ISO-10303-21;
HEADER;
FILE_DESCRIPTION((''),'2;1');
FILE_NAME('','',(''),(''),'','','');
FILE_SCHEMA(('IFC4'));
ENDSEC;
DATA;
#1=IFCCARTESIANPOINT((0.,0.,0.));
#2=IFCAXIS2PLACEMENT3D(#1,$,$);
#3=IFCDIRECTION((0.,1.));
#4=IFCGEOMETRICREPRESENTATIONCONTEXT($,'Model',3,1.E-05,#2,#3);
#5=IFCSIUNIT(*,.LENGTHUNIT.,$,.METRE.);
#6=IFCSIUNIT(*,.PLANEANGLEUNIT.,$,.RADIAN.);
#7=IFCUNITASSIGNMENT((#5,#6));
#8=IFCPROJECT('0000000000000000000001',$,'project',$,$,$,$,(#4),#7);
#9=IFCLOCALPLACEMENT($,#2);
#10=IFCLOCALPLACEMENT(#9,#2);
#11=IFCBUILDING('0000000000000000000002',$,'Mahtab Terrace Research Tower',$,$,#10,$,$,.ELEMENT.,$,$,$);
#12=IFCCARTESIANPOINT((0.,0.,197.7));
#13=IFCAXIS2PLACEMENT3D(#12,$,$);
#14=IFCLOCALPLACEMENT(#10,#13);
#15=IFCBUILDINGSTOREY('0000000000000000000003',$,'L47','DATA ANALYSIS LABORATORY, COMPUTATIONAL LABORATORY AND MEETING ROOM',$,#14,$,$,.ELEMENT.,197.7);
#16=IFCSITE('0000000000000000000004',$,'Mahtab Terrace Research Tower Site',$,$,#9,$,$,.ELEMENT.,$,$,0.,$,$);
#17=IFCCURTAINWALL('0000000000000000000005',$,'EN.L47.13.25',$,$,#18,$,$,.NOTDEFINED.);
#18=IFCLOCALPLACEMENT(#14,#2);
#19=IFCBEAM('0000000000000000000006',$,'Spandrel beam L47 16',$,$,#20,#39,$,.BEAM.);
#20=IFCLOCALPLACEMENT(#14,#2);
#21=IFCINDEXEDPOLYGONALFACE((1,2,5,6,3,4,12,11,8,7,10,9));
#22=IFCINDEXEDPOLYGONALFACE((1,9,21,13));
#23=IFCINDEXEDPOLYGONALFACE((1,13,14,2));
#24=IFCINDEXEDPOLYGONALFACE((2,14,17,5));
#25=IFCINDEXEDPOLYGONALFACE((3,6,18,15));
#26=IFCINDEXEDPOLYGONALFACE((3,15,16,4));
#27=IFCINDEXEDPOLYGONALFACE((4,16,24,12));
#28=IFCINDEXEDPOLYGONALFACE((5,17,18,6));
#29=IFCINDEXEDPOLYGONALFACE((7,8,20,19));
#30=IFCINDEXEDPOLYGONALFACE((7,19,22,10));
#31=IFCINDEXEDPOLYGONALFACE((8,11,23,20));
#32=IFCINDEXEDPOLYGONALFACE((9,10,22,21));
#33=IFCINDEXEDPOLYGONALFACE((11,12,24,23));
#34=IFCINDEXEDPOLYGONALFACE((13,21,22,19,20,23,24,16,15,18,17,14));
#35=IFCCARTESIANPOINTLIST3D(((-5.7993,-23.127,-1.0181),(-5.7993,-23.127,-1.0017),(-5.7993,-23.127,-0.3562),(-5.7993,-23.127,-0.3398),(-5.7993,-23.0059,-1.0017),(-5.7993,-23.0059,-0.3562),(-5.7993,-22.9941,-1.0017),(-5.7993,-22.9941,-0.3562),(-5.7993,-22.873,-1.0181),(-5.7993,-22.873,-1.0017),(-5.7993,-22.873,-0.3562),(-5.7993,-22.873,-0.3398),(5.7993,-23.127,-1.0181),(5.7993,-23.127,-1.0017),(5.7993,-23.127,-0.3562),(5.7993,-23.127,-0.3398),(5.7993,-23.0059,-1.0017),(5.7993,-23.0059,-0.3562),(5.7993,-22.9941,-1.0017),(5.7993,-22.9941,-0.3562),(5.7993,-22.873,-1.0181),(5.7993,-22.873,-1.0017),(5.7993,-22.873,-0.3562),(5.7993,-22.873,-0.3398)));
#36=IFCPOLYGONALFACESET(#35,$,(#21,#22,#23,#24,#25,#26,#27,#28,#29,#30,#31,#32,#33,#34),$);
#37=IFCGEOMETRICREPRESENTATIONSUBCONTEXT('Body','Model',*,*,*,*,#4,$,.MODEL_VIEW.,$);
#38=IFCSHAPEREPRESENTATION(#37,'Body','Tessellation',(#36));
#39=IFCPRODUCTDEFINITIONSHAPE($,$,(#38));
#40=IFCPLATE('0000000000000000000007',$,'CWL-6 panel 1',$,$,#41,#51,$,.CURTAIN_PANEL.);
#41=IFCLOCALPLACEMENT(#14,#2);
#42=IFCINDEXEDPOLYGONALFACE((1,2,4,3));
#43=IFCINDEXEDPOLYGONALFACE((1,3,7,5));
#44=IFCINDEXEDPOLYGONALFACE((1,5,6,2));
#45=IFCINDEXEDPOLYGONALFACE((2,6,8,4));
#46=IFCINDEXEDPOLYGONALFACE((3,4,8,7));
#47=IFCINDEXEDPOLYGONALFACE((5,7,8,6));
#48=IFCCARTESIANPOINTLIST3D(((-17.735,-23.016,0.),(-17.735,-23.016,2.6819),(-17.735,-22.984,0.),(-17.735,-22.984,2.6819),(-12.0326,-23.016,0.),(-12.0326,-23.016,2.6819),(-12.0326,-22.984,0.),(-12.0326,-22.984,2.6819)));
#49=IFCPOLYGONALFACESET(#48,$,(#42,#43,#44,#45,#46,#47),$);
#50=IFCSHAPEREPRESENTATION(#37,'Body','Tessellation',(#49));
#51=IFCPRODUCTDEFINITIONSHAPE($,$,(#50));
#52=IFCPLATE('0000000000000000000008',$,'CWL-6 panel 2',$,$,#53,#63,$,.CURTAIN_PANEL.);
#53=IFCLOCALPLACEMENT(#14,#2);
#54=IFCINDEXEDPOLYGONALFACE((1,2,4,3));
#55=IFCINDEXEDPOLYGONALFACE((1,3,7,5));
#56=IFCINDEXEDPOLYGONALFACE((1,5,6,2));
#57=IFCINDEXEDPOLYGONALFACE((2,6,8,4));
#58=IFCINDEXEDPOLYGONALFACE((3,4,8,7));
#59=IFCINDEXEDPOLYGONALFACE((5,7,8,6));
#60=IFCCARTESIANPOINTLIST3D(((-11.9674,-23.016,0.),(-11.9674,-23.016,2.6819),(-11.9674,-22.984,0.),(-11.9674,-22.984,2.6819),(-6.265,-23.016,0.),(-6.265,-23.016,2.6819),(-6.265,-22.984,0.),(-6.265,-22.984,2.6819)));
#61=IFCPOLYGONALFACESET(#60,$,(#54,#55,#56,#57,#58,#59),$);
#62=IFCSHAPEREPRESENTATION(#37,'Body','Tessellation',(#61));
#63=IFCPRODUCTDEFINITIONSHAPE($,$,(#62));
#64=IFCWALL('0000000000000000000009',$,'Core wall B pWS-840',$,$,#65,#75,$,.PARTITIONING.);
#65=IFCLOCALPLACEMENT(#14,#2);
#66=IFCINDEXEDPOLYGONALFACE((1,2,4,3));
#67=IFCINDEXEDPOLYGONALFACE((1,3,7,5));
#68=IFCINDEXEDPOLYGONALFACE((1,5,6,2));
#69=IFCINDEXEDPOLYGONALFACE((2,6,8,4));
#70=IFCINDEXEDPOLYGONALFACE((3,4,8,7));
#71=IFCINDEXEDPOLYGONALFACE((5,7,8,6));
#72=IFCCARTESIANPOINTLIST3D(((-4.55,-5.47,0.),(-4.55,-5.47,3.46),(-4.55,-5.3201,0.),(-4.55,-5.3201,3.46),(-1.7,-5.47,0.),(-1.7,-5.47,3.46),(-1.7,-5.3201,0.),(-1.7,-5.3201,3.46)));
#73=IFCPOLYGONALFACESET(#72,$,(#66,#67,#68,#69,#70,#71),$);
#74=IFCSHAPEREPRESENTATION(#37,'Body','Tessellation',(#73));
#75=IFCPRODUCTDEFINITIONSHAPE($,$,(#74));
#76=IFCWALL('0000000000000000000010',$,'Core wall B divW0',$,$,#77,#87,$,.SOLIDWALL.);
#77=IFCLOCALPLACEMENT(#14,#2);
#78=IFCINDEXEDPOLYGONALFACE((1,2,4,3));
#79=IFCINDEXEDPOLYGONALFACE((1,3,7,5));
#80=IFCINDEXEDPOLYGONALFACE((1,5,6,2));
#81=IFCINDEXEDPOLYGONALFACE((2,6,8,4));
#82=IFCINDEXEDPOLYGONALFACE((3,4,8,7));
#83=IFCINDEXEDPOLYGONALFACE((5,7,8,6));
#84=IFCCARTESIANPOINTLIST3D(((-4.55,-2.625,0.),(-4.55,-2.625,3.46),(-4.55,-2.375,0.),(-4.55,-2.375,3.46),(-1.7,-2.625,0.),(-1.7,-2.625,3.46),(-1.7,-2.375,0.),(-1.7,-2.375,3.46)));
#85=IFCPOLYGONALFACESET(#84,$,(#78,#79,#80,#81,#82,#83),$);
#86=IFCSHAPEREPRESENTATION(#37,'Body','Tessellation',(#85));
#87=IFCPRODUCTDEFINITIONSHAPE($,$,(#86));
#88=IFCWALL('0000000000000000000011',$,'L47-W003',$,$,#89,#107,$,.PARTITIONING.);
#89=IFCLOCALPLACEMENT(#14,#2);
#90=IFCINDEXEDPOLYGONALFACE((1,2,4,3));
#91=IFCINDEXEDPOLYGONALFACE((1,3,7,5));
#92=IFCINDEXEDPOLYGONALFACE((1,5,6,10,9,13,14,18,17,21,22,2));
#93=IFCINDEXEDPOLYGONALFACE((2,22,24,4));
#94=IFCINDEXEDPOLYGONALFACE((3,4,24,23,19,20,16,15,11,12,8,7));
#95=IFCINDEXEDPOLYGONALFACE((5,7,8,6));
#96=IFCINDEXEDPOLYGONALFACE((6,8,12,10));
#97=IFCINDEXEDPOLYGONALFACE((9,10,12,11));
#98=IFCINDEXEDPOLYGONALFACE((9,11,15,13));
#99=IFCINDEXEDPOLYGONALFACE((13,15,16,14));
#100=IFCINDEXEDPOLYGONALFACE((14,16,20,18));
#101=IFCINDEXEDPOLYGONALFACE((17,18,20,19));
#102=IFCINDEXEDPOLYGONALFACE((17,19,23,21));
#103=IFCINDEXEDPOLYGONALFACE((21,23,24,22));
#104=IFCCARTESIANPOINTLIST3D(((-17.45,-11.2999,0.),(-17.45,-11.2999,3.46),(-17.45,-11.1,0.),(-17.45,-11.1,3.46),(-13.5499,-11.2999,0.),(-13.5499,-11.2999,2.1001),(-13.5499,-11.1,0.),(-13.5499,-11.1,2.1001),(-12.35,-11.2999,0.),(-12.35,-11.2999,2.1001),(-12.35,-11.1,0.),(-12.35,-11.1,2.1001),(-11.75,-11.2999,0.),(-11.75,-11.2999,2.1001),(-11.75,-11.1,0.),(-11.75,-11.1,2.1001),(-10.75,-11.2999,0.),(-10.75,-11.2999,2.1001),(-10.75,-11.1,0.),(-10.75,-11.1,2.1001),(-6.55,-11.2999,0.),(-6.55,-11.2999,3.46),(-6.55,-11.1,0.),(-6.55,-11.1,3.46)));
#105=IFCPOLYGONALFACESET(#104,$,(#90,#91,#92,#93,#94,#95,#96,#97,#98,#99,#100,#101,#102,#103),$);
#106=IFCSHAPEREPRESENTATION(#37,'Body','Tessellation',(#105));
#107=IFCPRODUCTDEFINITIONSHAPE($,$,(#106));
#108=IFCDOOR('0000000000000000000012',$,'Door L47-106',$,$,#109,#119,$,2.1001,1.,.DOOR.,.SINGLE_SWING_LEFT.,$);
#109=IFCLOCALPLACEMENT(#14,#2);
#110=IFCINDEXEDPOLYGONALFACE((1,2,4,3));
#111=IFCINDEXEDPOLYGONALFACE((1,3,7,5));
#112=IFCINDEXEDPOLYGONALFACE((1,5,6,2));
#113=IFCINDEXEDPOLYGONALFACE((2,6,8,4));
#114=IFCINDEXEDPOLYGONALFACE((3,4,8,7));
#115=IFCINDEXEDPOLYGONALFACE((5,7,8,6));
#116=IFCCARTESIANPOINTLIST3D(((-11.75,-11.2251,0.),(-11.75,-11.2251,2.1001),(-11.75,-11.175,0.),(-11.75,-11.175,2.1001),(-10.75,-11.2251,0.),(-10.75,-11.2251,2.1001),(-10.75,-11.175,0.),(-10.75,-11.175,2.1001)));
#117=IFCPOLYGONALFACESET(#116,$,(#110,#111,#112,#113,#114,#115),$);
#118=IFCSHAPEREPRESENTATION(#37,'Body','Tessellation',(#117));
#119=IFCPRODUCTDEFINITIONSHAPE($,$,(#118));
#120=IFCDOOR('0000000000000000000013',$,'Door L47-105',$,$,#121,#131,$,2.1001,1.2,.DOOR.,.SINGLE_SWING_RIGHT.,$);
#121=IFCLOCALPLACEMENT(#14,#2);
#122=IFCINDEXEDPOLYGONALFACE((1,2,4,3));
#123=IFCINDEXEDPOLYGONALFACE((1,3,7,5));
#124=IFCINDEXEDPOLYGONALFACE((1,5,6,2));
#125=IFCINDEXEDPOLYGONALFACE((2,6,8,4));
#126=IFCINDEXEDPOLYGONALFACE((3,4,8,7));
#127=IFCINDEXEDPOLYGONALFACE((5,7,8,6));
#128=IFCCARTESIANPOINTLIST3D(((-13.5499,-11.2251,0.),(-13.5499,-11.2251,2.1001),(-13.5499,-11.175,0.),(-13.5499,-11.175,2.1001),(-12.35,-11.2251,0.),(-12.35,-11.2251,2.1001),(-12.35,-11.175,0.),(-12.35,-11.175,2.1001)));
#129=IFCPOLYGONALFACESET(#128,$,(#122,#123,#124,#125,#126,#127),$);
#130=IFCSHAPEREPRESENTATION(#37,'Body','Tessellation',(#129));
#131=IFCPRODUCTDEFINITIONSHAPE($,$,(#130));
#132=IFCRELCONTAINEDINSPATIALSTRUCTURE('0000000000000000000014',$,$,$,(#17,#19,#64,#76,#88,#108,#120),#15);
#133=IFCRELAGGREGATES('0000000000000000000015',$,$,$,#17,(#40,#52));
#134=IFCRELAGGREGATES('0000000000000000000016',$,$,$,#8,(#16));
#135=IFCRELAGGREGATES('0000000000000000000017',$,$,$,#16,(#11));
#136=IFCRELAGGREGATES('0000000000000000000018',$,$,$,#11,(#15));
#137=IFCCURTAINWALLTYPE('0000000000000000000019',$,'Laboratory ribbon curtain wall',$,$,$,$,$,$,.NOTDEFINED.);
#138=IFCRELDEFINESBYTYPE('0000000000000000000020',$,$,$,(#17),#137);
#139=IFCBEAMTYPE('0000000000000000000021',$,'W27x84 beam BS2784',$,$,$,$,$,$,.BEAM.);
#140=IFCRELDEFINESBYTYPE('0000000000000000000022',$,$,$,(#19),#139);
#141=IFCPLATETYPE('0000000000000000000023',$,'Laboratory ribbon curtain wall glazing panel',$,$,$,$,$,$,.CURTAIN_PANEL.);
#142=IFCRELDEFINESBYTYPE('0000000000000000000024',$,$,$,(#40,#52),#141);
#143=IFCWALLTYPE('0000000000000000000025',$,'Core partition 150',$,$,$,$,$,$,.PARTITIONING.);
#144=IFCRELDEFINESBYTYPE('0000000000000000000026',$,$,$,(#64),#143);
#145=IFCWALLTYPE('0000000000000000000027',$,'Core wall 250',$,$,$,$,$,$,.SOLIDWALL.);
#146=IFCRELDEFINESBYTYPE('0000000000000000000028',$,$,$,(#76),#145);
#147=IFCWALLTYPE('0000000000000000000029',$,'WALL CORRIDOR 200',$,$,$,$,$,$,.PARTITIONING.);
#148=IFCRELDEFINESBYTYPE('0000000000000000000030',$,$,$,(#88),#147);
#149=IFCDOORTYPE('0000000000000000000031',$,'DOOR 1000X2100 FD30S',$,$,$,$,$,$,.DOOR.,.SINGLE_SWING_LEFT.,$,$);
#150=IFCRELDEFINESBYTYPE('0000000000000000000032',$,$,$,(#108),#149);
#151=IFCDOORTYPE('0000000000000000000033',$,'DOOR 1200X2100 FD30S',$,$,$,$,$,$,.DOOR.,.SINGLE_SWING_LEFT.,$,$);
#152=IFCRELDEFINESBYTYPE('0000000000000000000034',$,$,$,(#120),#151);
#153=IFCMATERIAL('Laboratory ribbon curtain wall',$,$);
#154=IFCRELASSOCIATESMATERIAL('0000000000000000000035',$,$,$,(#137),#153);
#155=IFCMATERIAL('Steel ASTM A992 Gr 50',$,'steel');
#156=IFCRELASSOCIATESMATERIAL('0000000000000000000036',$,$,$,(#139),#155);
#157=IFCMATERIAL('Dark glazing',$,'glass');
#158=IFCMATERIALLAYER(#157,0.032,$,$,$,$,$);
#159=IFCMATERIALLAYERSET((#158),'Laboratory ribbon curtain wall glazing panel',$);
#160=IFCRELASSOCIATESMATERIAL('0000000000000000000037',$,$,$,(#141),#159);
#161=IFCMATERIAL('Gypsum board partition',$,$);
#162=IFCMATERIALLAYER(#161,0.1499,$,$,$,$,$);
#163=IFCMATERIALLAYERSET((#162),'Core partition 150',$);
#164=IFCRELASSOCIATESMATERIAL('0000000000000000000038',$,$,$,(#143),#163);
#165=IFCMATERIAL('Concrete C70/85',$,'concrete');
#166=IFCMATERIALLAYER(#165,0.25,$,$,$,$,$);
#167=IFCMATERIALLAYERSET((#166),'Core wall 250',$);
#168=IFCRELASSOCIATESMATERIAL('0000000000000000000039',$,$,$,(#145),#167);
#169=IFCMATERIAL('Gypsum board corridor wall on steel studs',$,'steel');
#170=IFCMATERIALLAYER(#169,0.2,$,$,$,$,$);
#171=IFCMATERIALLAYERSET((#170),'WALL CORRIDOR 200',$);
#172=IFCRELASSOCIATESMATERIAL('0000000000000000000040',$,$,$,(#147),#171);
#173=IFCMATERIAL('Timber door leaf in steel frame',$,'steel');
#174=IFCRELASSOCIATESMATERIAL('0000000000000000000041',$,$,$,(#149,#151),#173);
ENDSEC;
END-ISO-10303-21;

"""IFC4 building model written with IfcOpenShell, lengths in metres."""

from ifc_helpers import new_model, si_unit, direction, frame, frame_2d, origin, origin_2d, place, context, subcontext, project, spatial, rectangle, i_section, extrude, material, layer, layer_set, material_profile, profile_set, type_object, element, fill, aggregate, save


model = new_model("IFC4")

# Units and contexts
model_context = context("Model", 3, precision=1e-05, world=origin(), true_north=direction((0.0, 1.0)))
body_context = subcontext(model_context, "Body", "Model", "MODEL_VIEW")
ifc_project = project(units=[si_unit("LENGTHUNIT", "METRE"), si_unit("PLANEANGLEUNIT", "RADIAN")], contexts=[model_context])

# Site, building, storey
site_placement = place(None, origin())
site = spatial("IfcSite", under=ifc_project, at=site_placement, Name="Mahtab Terrace Research Tower Site", CompositionType="ELEMENT", RefElevation=0.0)
building_placement = place(site_placement, origin())
building = spatial("IfcBuilding", under=site, at=building_placement, Name="Mahtab Terrace Research Tower", CompositionType="ELEMENT")
storey_placement = place(building_placement, frame((0.0, 0.0, 197.7)))
storey = spatial("IfcBuildingStorey", under=building, at=storey_placement, Name="L47", Description="DATA ANALYSIS LABORATORY, COMPUTATIONAL LABORATORY AND MEETING ROOM", CompositionType="ELEMENT", Elevation=197.7)

# Shared definitions
ifc_material_1 = material(Name="Concrete C70/85", Category="concrete")
ifc_material_2 = material(Name="Steel ASTM A992 Gr 50", Category="steel")

# Curtain wall
ifc_material_3 = material(Name="Laboratory ribbon curtain wall")
curtain_wall_type = type_object("IfcCurtainWallType", Name="Laboratory ribbon curtain wall", PredefinedType="NOTDEFINED", material=ifc_material_3)
curtain_wall_1_placement = place(storey_placement, origin())
curtain_wall_1 = element("IfcCurtainWall", 1, at=curtain_wall_1_placement, inside=storey, type_object=curtain_wall_type, Name="EN.L47.13.25", PredefinedType="NOTDEFINED")

# Beam
ifc_material_profile_1 = material_profile(ifc_material_2, i_section(OverallWidth=0.2539, OverallDepth=0.6782, WebThickness=0.0117, FlangeThickness=0.0164, at=origin_2d()), Name="W27X84")
ifc_profile_set_1 = profile_set([ifc_material_profile_1], Name="Steel ASTM A992 Gr 50")
beam_type = type_object("IfcBeamType", Name="W27x84 beam BS2784", PredefinedType="BEAM", material=ifc_profile_set_1)
for number, where, z_axis, x_axis, name in (
    (2, (-5.7993, -23.0, -0.679), (1.0, 0.0, 0.0), (0.0, 1.0, 0.0), "Spandrel beam L47 16"),
):
    element("IfcBeam", number, at=place(storey_placement, frame(where, z_axis=z_axis, x_axis=x_axis)), inside=storey, type_object=beam_type, Name=name, PredefinedType="BEAM", context=body_context, shape_type="SweptSolid", body=[
        extrude(i_section(OverallWidth=0.2539, OverallDepth=0.6782, WebThickness=0.0117, FlangeThickness=0.0164, at=origin_2d()), origin(), (0.0, 0.0, 1.0), 11.5986),
    ])

# Plates
ifc_material_4 = material(Name="Dark glazing", Category="glass")
ifc_layer_1 = layer(ifc_material_4, 0.032)
ifc_layer_set_1 = layer_set([ifc_layer_1], Name="Laboratory ribbon curtain wall glazing panel")
plate_type = type_object("IfcPlateType", Name="Laboratory ribbon curtain wall glazing panel", PredefinedType="CURTAIN_PANEL", material=ifc_layer_set_1)
plate_1_placement = place(storey_placement, frame((-14.8838, -23.0, 0.0), z_axis=(0.0, 0.0, 1.0), x_axis=(1.0, 0.0, 0.0)))
plate_1 = element("IfcPlate", 3, at=plate_1_placement, type_object=plate_type, Name="CWL-6 panel 1", PredefinedType="CURTAIN_PANEL", context=body_context, shape_type="SweptSolid", body=[
    extrude(rectangle(XDim=5.7024, YDim=0.032, at=origin_2d()), origin(), (0.0, 0.0, 1.0), 2.6819),
])
plate_2_placement = place(storey_placement, frame((-9.1162, -23.0, 0.0), z_axis=(0.0, 0.0, 1.0), x_axis=(1.0, 0.0, 0.0)))
plate_2 = element("IfcPlate", 4, at=plate_2_placement, type_object=plate_type, Name="CWL-6 panel 2", PredefinedType="CURTAIN_PANEL", context=body_context, shape_type="SweptSolid", body=[
    extrude(rectangle(XDim=5.7024, YDim=0.032, at=origin_2d()), origin(), (0.0, 0.0, 1.0), 2.6819),
])
aggregate(curtain_wall_1, [plate_1, plate_2])

# Walls
ifc_material_5 = material(Name="Gypsum board partition")
ifc_layer_2 = layer(ifc_material_5, 0.1499)
ifc_layer_set_2 = layer_set([ifc_layer_2], Name="Core partition 150")
wall_type_1 = type_object("IfcWallType", Name="Core partition 150", PredefinedType="PARTITIONING", material=ifc_layer_set_2)
wall_1_placement = place(storey_placement, frame((-4.55, -5.395, 0.0), z_axis=(0.0, 0.0, 1.0), x_axis=(1.0, 0.0, 0.0)))
element("IfcWall", 5, at=wall_1_placement, inside=storey, type_object=wall_type_1, Name="Core wall B pWS-840", PredefinedType="PARTITIONING", context=body_context, shape_type="SweptSolid", body=[
    extrude(rectangle(XDim=2.8501, YDim=0.1499, at=frame_2d((1.425, 0.0))), origin(), (0.0, 0.0, 1.0), 3.46),
])
ifc_layer_3 = layer(ifc_material_1, 0.25)
ifc_layer_set_3 = layer_set([ifc_layer_3], Name="Core wall 250")
wall_type_2 = type_object("IfcWallType", Name="Core wall 250", PredefinedType="SOLIDWALL", material=ifc_layer_set_3)
wall_2_placement = place(storey_placement, frame((-4.55, -2.5, 0.0), z_axis=(0.0, 0.0, 1.0), x_axis=(1.0, 0.0, 0.0)))
element("IfcWall", 6, at=wall_2_placement, inside=storey, type_object=wall_type_2, Name="Core wall B divW0", PredefinedType="SOLIDWALL", context=body_context, shape_type="SweptSolid", body=[
    extrude(rectangle(XDim=2.8501, YDim=0.25, at=frame_2d((1.425, 0.0))), origin(), (0.0, 0.0, 1.0), 3.46),
])

# Wall, openings, doors
ifc_material_6 = material(Name="Gypsum board corridor wall on steel studs", Category="steel")
ifc_layer_4 = layer(ifc_material_6, 0.2)
ifc_layer_set_4 = layer_set([ifc_layer_4], Name="WALL CORRIDOR 200")
wall_type_3 = type_object("IfcWallType", Name="WALL CORRIDOR 200", PredefinedType="PARTITIONING", material=ifc_layer_set_4)
wall_3_placement = place(storey_placement, frame((-17.45, -11.2, 0.0), z_axis=(0.0, 0.0, 1.0), x_axis=(1.0, 0.0, 0.0)))
wall_3 = element("IfcWall", 7, at=wall_3_placement, inside=storey, type_object=wall_type_3, Name="L47-W003", PredefinedType="PARTITIONING", context=body_context, shape_type="SweptSolid", body=[
    extrude(rectangle(XDim=10.8999, YDim=0.2, at=frame_2d((5.45, 0.0))), origin(), (0.0, 0.0, 1.0), 3.46),
])
opening_1_placement = place(wall_3_placement, frame((3.8999, 0.0, 0.0)))
opening_1 = element("IfcOpeningElement", 8, at=opening_1_placement, cuts=wall_3, PredefinedType="OPENING", context=body_context, shape_type="SweptSolid", body=[
    extrude(rectangle(XDim=1.2, YDim=2.1001, at=frame_2d((0.6001, 1.05))), frame((0.0, 0.1099, 0.0), z_axis=(0.0, -1.0, 0.0), x_axis=(1.0, 0.0, 0.0)), (0.0, 0.0, 1.0), 0.22),
])
opening_2_placement = place(wall_3_placement, frame((5.7, 0.0, 0.0)))
opening_2 = element("IfcOpeningElement", 9, at=opening_2_placement, cuts=wall_3, PredefinedType="OPENING", context=body_context, shape_type="SweptSolid", body=[
    extrude(rectangle(XDim=1.0, YDim=2.1001, at=frame_2d((0.5, 1.05))), frame((0.0, 0.1099, 0.0), z_axis=(0.0, -1.0, 0.0), x_axis=(1.0, 0.0, 0.0)), (0.0, 0.0, 1.0), 0.22),
])
ifc_material_7 = material(Name="Timber door leaf in steel frame", Category="steel")
door_type_1 = type_object("IfcDoorType", Name="DOOR 1000X2100 FD30S", OperationType="SINGLE_SWING_LEFT", PredefinedType="DOOR", material=ifc_material_7)
door_1_placement = place(opening_2_placement, origin())
door_1 = element("IfcDoor", 10, at=door_1_placement, inside=storey, type_object=door_type_1, Name="Door L47-106", OperationType="SINGLE_SWING_LEFT", OverallHeight=2.1001, OverallWidth=1.0, PredefinedType="DOOR", context=body_context, shape_type="SweptSolid", body=[
    extrude(rectangle(XDim=1.0, YDim=2.1001, at=frame_2d((0.5, 1.05))), frame((0.0, 0.0249, 0.0), z_axis=(0.0, -1.0, 0.0), x_axis=(1.0, 0.0, 0.0)), (0.0, 0.0, 1.0), 0.05),
])
fill(opening_2, door_1)
door_type_2 = type_object("IfcDoorType", Name="DOOR 1200X2100 FD30S", OperationType="SINGLE_SWING_LEFT", PredefinedType="DOOR", material=ifc_material_7)
door_2_placement = place(opening_1_placement, origin())
door_2 = element("IfcDoor", 11, at=door_2_placement, inside=storey, type_object=door_type_2, Name="Door L47-105", OperationType="SINGLE_SWING_RIGHT", OverallHeight=2.1001, OverallWidth=1.2, PredefinedType="DOOR", context=body_context, shape_type="SweptSolid", body=[
    extrude(rectangle(XDim=1.2, YDim=2.1001, at=frame_2d((0.6001, 1.05))), frame((0.0, 0.0249, 0.0), z_axis=(0.0, -1.0, 0.0), x_axis=(1.0, 0.0, 0.0)), (0.0, 0.0, 1.0), 0.05),
])
fill(opening_1, door_2)

save(model, "model.ifc")
